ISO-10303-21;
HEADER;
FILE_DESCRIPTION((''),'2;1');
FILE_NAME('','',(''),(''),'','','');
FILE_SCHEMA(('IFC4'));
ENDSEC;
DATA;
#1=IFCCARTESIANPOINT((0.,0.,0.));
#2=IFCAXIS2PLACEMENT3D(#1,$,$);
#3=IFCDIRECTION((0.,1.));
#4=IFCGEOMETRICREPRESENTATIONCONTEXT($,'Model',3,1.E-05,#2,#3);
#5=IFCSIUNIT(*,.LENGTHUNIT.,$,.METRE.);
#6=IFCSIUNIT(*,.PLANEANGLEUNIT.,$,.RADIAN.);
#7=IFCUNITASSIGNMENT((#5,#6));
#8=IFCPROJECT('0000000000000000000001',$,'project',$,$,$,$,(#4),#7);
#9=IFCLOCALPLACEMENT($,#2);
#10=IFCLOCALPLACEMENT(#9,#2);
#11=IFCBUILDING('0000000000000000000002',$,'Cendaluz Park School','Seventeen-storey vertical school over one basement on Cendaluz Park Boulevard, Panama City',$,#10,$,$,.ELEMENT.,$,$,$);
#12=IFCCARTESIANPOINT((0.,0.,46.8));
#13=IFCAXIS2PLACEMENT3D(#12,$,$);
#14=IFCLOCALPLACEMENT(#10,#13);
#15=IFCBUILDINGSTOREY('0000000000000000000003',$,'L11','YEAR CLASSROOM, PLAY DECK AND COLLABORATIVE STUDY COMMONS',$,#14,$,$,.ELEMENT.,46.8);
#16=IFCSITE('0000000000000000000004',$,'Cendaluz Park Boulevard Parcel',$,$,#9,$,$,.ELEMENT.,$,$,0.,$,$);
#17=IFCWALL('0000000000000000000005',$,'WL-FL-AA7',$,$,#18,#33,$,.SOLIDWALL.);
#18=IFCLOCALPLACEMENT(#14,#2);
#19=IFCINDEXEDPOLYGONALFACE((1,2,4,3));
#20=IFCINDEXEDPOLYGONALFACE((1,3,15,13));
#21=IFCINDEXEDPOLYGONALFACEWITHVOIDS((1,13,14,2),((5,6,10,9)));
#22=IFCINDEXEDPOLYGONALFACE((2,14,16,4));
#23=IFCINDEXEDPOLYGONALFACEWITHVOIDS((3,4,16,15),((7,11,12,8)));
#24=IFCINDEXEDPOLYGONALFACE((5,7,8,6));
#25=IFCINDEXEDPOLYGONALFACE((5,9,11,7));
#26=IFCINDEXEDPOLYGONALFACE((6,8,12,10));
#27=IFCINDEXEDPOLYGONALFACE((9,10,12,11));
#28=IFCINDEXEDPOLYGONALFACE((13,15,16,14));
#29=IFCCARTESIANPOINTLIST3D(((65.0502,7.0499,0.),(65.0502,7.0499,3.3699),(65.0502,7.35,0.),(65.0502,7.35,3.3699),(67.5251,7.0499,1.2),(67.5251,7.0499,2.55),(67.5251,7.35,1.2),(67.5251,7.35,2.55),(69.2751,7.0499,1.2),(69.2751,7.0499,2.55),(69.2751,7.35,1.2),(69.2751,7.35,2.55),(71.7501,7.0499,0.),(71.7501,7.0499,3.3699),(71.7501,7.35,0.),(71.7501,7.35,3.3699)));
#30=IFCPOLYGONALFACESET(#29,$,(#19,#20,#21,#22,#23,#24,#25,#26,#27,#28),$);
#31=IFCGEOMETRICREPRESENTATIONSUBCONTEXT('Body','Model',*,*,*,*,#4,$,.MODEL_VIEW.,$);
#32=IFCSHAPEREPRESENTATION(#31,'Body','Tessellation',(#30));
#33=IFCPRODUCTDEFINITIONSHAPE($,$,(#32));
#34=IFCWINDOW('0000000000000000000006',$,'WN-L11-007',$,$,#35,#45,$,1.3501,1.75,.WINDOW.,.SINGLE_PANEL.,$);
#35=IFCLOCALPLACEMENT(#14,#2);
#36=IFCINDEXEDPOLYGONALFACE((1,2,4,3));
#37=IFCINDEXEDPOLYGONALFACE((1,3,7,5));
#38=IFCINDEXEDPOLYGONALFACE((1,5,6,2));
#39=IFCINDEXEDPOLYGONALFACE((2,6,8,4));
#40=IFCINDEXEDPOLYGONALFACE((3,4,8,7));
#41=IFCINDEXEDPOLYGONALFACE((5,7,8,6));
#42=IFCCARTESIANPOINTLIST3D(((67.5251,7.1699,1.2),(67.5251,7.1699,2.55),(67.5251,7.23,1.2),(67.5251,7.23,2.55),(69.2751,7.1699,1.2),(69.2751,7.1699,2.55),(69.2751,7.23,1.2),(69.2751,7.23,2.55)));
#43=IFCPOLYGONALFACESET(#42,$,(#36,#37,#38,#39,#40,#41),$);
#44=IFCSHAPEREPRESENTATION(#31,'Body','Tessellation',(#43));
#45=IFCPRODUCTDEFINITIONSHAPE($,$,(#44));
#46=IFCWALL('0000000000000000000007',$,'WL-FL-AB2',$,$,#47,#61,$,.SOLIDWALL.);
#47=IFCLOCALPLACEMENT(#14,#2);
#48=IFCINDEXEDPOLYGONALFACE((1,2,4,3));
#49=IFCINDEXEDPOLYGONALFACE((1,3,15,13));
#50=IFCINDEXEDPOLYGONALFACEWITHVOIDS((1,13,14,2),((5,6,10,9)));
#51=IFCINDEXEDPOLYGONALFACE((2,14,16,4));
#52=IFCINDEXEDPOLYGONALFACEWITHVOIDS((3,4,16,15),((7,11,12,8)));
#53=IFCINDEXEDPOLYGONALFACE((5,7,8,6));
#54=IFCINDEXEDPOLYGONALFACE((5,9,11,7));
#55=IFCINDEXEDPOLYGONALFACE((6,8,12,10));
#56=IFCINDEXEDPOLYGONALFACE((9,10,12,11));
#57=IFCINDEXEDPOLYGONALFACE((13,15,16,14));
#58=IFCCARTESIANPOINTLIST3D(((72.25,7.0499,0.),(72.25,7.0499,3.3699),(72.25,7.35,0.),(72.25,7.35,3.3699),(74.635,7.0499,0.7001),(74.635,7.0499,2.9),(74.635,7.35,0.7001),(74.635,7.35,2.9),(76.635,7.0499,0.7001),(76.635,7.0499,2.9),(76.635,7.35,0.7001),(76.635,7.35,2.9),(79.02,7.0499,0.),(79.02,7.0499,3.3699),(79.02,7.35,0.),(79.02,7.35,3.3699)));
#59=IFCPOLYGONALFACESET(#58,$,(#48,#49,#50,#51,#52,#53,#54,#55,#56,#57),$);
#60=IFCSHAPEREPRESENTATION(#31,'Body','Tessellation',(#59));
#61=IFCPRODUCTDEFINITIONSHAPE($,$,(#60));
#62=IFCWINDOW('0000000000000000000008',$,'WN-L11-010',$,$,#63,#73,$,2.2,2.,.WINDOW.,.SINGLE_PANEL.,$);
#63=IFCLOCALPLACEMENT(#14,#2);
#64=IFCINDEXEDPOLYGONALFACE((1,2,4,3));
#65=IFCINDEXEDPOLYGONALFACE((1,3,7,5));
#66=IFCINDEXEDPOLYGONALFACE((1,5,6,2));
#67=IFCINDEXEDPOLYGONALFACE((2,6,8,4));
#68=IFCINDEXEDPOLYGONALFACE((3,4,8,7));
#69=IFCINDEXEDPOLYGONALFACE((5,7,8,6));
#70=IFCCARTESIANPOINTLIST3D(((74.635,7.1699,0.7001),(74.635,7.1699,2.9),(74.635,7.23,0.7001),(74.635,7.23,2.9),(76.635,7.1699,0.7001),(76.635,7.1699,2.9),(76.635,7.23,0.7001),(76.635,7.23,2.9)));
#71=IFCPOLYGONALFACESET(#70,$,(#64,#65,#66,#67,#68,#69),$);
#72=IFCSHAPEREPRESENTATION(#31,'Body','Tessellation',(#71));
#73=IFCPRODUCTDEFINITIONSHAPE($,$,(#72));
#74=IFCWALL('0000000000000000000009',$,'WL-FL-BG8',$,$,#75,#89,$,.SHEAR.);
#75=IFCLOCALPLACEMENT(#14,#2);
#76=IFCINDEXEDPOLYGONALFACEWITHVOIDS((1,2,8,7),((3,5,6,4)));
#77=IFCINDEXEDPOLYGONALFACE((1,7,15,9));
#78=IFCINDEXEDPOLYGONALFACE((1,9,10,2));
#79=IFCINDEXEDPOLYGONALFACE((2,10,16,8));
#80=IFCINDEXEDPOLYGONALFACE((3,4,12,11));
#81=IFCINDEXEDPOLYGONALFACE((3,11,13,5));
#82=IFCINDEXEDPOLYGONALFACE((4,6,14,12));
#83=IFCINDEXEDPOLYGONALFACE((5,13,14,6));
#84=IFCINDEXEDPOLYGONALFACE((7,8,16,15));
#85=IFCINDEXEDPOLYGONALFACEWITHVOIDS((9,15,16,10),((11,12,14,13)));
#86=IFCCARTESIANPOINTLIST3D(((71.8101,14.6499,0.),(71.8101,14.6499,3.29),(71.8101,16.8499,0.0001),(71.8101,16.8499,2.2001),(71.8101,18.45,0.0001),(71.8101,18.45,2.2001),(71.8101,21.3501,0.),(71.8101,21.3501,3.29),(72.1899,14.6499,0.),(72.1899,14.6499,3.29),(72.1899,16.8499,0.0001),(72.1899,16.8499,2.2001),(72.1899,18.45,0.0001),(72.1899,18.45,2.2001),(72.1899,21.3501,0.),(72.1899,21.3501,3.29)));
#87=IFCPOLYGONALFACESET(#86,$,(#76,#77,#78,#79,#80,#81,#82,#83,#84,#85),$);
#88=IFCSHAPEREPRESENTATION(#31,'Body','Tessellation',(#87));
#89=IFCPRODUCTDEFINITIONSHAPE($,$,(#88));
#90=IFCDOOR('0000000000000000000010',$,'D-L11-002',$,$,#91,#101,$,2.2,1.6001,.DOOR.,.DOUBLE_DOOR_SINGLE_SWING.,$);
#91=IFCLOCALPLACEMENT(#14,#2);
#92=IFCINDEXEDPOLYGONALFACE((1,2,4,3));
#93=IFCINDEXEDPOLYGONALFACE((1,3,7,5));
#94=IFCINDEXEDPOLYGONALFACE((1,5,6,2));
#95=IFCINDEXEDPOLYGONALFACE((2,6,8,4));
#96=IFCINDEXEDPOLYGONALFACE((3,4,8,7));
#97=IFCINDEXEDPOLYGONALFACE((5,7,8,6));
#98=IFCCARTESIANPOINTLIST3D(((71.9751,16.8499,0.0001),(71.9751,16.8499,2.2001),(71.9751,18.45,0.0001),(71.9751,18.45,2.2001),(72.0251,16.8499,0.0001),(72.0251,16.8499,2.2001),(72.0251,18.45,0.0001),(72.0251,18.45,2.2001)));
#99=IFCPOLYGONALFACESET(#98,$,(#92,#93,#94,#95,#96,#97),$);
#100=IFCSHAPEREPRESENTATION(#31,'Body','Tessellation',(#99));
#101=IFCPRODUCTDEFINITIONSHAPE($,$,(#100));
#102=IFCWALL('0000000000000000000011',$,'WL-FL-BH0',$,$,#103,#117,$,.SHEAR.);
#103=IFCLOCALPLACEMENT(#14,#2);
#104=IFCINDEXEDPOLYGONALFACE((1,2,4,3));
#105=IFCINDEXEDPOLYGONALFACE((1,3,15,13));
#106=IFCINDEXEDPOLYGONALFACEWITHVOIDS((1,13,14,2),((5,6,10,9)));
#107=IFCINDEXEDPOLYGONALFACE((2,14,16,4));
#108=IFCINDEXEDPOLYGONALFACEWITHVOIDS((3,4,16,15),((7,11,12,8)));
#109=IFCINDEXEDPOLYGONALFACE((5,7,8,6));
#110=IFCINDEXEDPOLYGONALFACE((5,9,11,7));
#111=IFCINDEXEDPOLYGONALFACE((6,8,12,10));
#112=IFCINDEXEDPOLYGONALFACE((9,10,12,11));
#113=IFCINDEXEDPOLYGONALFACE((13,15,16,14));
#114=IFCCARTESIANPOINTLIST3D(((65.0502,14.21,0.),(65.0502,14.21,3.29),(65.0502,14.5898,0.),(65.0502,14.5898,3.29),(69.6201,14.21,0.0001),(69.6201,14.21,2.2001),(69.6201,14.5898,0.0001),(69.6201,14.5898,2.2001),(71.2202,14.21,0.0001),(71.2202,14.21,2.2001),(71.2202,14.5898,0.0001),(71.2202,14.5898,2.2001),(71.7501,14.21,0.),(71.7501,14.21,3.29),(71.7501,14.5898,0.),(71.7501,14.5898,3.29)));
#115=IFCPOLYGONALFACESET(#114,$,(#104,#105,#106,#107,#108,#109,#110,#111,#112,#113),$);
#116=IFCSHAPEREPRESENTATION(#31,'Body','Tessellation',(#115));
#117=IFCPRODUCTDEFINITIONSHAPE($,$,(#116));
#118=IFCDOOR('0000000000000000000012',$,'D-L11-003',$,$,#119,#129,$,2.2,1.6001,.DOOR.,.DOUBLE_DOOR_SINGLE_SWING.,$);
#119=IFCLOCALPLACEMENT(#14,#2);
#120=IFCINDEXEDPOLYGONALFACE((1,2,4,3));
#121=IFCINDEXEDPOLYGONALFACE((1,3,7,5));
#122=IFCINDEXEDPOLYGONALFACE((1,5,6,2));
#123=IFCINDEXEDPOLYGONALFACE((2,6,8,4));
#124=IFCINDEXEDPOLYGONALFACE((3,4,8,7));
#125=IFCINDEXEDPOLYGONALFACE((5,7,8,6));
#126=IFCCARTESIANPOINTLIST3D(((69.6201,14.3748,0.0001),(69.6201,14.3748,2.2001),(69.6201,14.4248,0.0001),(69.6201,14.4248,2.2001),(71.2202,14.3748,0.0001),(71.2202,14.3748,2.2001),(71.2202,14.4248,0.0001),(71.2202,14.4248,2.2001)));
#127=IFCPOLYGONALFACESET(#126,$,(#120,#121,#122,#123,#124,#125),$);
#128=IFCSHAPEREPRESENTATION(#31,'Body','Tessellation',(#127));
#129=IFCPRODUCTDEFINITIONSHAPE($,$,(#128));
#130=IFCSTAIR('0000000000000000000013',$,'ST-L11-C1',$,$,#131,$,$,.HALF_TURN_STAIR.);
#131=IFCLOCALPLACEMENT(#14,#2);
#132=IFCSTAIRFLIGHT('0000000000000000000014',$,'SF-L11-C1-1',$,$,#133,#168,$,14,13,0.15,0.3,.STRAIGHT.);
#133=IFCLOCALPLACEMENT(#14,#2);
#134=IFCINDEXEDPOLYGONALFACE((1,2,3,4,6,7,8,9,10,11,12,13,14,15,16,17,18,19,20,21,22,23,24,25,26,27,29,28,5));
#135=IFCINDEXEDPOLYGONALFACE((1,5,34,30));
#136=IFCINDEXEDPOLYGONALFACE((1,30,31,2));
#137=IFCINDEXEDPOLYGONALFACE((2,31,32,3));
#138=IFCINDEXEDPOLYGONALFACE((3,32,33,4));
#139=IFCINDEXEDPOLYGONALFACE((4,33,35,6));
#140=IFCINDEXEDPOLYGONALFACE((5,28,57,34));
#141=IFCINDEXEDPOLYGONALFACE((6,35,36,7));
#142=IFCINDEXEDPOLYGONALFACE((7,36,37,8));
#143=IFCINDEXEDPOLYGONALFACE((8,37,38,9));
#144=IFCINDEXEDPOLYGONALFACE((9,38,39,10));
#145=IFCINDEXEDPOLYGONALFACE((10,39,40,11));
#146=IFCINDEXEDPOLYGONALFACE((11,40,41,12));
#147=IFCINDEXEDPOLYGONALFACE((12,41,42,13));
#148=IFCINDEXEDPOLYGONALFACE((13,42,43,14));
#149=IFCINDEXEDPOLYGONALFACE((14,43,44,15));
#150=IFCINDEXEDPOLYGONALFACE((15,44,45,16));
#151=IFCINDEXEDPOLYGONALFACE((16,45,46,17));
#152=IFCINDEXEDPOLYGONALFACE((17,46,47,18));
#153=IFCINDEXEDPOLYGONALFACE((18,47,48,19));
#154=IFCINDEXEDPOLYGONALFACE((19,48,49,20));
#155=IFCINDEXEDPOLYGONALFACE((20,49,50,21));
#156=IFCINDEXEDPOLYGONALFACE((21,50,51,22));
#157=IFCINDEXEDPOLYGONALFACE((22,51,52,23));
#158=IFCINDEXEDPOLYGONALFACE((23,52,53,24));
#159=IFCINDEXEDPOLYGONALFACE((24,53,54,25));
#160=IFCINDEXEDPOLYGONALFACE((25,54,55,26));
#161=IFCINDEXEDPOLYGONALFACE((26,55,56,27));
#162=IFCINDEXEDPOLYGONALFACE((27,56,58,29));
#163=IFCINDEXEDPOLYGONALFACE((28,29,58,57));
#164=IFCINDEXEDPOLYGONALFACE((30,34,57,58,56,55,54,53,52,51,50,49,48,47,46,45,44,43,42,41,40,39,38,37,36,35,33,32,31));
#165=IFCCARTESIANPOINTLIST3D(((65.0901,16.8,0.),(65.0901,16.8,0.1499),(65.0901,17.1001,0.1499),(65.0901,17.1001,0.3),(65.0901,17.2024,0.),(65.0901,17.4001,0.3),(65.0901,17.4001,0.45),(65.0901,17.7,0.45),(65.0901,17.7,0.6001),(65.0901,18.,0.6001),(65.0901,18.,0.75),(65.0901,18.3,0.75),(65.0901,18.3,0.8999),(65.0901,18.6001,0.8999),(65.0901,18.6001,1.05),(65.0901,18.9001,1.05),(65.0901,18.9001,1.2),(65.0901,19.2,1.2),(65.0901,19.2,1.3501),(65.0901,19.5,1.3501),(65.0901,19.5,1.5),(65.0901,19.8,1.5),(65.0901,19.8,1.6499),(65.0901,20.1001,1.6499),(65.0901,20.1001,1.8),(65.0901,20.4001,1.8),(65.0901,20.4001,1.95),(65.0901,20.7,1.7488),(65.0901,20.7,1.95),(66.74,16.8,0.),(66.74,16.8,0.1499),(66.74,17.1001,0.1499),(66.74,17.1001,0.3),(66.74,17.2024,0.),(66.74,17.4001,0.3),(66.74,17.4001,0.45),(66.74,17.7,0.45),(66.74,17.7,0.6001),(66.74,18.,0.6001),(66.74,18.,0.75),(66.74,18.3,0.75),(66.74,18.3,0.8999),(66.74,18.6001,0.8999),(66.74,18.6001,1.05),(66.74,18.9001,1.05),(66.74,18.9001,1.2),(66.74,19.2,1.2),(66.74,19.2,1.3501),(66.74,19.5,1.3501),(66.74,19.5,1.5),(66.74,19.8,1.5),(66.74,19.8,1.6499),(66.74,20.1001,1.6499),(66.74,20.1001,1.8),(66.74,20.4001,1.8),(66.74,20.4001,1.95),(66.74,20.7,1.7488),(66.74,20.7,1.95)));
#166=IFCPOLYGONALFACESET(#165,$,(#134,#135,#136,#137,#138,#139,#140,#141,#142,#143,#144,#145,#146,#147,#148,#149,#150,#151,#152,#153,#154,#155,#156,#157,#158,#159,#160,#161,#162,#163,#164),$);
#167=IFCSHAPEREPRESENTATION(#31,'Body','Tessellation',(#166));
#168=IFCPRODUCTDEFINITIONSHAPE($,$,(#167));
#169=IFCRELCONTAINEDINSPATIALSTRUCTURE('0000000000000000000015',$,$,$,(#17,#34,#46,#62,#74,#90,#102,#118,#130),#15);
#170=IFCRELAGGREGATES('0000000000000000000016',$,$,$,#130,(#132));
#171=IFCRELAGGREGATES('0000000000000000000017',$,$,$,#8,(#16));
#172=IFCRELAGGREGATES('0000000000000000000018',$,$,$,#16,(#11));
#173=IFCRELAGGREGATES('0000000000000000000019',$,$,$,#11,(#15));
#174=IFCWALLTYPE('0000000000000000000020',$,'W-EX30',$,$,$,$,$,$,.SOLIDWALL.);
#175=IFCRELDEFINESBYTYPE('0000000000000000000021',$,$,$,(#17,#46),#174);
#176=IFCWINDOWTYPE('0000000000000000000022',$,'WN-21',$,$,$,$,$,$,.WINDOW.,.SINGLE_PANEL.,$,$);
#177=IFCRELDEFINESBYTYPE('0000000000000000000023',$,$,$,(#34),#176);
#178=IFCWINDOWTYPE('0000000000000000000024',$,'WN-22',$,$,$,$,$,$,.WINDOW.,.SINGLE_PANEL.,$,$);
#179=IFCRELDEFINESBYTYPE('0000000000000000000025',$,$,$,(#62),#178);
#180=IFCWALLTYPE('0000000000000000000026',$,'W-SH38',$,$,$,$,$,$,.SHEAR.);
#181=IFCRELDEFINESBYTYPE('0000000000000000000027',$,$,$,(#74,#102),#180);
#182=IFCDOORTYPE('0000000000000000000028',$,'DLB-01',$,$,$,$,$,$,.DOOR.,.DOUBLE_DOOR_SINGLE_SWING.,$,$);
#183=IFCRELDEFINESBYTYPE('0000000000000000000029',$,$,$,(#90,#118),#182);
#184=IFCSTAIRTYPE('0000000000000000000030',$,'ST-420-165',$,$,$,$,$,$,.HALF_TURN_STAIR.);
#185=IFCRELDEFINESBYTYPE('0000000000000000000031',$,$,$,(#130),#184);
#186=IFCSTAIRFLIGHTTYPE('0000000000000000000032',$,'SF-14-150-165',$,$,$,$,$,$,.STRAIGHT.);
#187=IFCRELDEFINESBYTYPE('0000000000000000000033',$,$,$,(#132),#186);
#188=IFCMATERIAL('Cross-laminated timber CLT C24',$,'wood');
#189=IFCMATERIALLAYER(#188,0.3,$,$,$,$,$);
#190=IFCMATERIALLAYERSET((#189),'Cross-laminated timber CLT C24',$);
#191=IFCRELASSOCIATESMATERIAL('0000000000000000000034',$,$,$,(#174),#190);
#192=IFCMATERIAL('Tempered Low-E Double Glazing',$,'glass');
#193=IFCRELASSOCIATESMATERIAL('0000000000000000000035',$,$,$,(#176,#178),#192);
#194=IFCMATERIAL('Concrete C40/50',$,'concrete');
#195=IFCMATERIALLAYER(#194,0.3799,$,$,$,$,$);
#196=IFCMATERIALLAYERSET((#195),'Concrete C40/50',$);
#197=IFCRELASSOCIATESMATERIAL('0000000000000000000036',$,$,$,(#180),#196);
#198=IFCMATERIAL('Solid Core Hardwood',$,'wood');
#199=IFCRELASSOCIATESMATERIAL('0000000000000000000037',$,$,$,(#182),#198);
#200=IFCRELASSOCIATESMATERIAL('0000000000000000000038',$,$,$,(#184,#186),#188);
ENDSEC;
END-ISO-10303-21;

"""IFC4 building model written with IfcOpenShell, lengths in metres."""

from ifc_helpers import new_model, si_unit, direction, frame, frame_2d, origin, place, context, subcontext, project, spatial, polyline, rectangle, outline, extrude, material, layer, layer_set, type_object, element, fill, aggregate, save


model = new_model("IFC4")

# Units and contexts
model_context = context("Model", 3, precision=1e-05, world=origin(), true_north=direction((0.0, 1.0)))
body_context = subcontext(model_context, "Body", "Model", "MODEL_VIEW")
ifc_project = project(units=[si_unit("LENGTHUNIT", "METRE"), si_unit("PLANEANGLEUNIT", "RADIAN")], contexts=[model_context])

# Site, building, storey
site_placement = place(None, origin())
site = spatial("IfcSite", under=ifc_project, at=site_placement, Name="Cendaluz Park Boulevard Parcel", CompositionType="ELEMENT", RefElevation=0.0)
building_placement = place(site_placement, origin())
building = spatial("IfcBuilding", under=site, at=building_placement, Name="Cendaluz Park School", Description="Seventeen-storey vertical school over one basement on Cendaluz Park Boulevard, Panama City", CompositionType="ELEMENT")
storey_placement = place(building_placement, frame((0.0, 0.0, 46.8)))
storey = spatial("IfcBuildingStorey", under=building, at=storey_placement, Name="L11", Description="YEAR CLASSROOM, PLAY DECK AND COLLABORATIVE STUDY COMMONS", CompositionType="ELEMENT", Elevation=46.8)

# Walls, openings, windows
ifc_material_1 = material(Name="Cross-laminated timber CLT C24", Category="wood")
ifc_layer_1 = layer(ifc_material_1, 0.3)
ifc_layer_set_1 = layer_set([ifc_layer_1], Name="Cross-laminated timber CLT C24")
wall_type_1 = type_object("IfcWallType", Name="W-EX30", PredefinedType="SOLIDWALL", material=ifc_layer_set_1)
wall_1_placement = place(storey_placement, frame((65.05, 7.2, 0.0), z_axis=(0.0, 0.0, 1.0), x_axis=(1.0, 0.0, 0.0)))
wall_1 = element("IfcWall", 1, at=wall_1_placement, inside=storey, type_object=wall_type_1, Name="WL-FL-AA7", PredefinedType="SOLIDWALL", context=body_context, shape_type="SweptSolid", body=[
    extrude(rectangle(XDim=6.7, YDim=0.3, at=frame_2d((3.3501, 0.0))), origin(), (0.0, 0.0, 1.0), 3.3699),
])
opening_1_placement = place(wall_1_placement, frame((2.4751, 0.0, 1.2)))
opening_1 = element("IfcOpeningElement", 2, at=opening_1_placement, cuts=wall_1, PredefinedType="OPENING", context=body_context, shape_type="SweptSolid", body=[
    extrude(rectangle(XDim=1.75, YDim=1.3501, at=frame_2d((0.875, 0.675))), frame((0.0, 0.1621, 0.0), z_axis=(0.0, -1.0, 0.0), x_axis=(1.0, 0.0, 0.0)), (0.0, 0.0, 1.0), 0.324),
])
ifc_material_2 = material(Name="Tempered Low-E Double Glazing", Category="glass")
window_type_1 = type_object("IfcWindowType", Name="WN-21", PartitioningType="SINGLE_PANEL", PredefinedType="WINDOW", material=ifc_material_2)
window_1_placement = place(opening_1_placement, origin())
window_1 = element("IfcWindow", 3, at=window_1_placement, inside=storey, type_object=window_type_1, Name="WN-L11-007", OverallHeight=1.3501, OverallWidth=1.75, PartitioningType="SINGLE_PANEL", PredefinedType="WINDOW", context=body_context, shape_type="SweptSolid", body=[
    extrude(rectangle(XDim=1.75, YDim=1.3501, at=frame_2d((0.875, 0.675))), frame((0.0, 0.03, 0.0), z_axis=(0.0, -1.0, 0.0), x_axis=(1.0, 0.0, 0.0)), (0.0, 0.0, 1.0), 0.0601),
])
fill(opening_1, window_1)
wall_2_placement = place(storey_placement, frame((72.25, 7.2, 0.0), z_axis=(0.0, 0.0, 1.0), x_axis=(1.0, 0.0, 0.0)))
wall_2 = element("IfcWall", 4, at=wall_2_placement, inside=storey, type_object=wall_type_1, Name="WL-FL-AB2", PredefinedType="SOLIDWALL", context=body_context, shape_type="SweptSolid", body=[
    extrude(rectangle(XDim=6.77, YDim=0.3, at=frame_2d((3.385, 0.0))), origin(), (0.0, 0.0, 1.0), 3.3699),
])
opening_2_placement = place(wall_2_placement, frame((2.385, 0.0, 0.7)))
opening_2 = element("IfcOpeningElement", 5, at=opening_2_placement, cuts=wall_2, PredefinedType="OPENING", context=body_context, shape_type="SweptSolid", body=[
    extrude(rectangle(XDim=2.0, YDim=2.2, at=frame_2d((1.0, 1.1001))), frame((0.0, 0.1621, 0.0), z_axis=(0.0, -1.0, 0.0), x_axis=(1.0, 0.0, 0.0)), (0.0, 0.0, 1.0), 0.324),
])
window_type_2 = type_object("IfcWindowType", Name="WN-22", PartitioningType="SINGLE_PANEL", PredefinedType="WINDOW", material=ifc_material_2)
window_2_placement = place(opening_2_placement, origin())
window_2 = element("IfcWindow", 6, at=window_2_placement, inside=storey, type_object=window_type_2, Name="WN-L11-010", OverallHeight=2.2, OverallWidth=2.0, PartitioningType="SINGLE_PANEL", PredefinedType="WINDOW", context=body_context, shape_type="SweptSolid", body=[
    extrude(rectangle(XDim=2.0, YDim=2.2, at=frame_2d((1.0, 1.1001))), frame((0.0, 0.03, 0.0), z_axis=(0.0, -1.0, 0.0), x_axis=(1.0, 0.0, 0.0)), (0.0, 0.0, 1.0), 0.0601),
])
fill(opening_2, window_2)

# Shared definitions
ifc_material_3 = material(Name="Concrete C40/50", Category="concrete")
ifc_material_4 = material(Name="Solid Core Hardwood", Category="wood")

# Walls, openings, doors
ifc_layer_2 = layer(ifc_material_3, 0.3799)
ifc_layer_set_2 = layer_set([ifc_layer_2], Name="Concrete C40/50")
wall_type_2 = type_object("IfcWallType", Name="W-SH38", PredefinedType="SHEAR", material=ifc_layer_set_2)
wall_3_placement = place(storey_placement, frame((72.0, 14.6499, 0.0), z_axis=(0.0, 0.0, 1.0), x_axis=(0.0, 1.0, 0.0)))
wall_3 = element("IfcWall", 7, at=wall_3_placement, inside=storey, type_object=wall_type_2, Name="WL-FL-BG8", PredefinedType="SHEAR", context=body_context, shape_type="SweptSolid", body=[
    extrude(rectangle(XDim=6.7002, YDim=0.3799, at=frame_2d((3.3501, 0.0))), origin(), (0.0, 0.0, 1.0), 3.29),
])
opening_3_placement = place(wall_3_placement, frame((2.2, 0.0, 0.0)))
opening_3 = element("IfcOpeningElement", 8, at=opening_3_placement, cuts=wall_3, PredefinedType="OPENING", context=body_context, shape_type="SweptSolid", body=[
    extrude(rectangle(XDim=1.6001, YDim=2.2, at=frame_2d((0.8, 1.1001))), frame((0.0, 0.2019, 0.0), z_axis=(0.0, -1.0, 0.0), x_axis=(1.0, 0.0, 0.0)), (0.0, 0.0, 1.0), 0.4038),
])
door_type_1 = type_object("IfcDoorType", Name="DLB-01", OperationType="DOUBLE_DOOR_SINGLE_SWING", PredefinedType="DOOR", material=ifc_material_4)
door_1_placement = place(opening_3_placement, origin())
door_1 = element("IfcDoor", 9, at=door_1_placement, inside=storey, type_object=door_type_1, Name="D-L11-002", OperationType="DOUBLE_DOOR_SINGLE_SWING", OverallHeight=2.2, OverallWidth=1.6001, PredefinedType="DOOR", context=body_context, shape_type="SweptSolid", body=[
    extrude(rectangle(XDim=1.6001, YDim=2.2, at=frame_2d((0.8, 1.1001))), frame((0.0, 0.0249, 0.0), z_axis=(0.0, -1.0, 0.0), x_axis=(1.0, 0.0, 0.0)), (0.0, 0.0, 1.0), 0.05),
])
fill(opening_3, door_1)
wall_4_placement = place(storey_placement, frame((65.05, 14.3999, 0.0), z_axis=(0.0, 0.0, 1.0), x_axis=(1.0, 0.0, 0.0)))
wall_4 = element("IfcWall", 10, at=wall_4_placement, inside=storey, type_object=wall_type_2, Name="WL-FL-BH0", PredefinedType="SHEAR", context=body_context, shape_type="SweptSolid", body=[
    extrude(rectangle(XDim=6.7, YDim=0.3799, at=frame_2d((3.3501, 0.0))), origin(), (0.0, 0.0, 1.0), 3.29),
])
opening_4_placement = place(wall_4_placement, frame((4.5701, 0.0, 0.0)))
opening_4 = element("IfcOpeningElement", 11, at=opening_4_placement, cuts=wall_4, PredefinedType="OPENING", context=body_context, shape_type="SweptSolid", body=[
    extrude(rectangle(XDim=1.6001, YDim=2.2, at=frame_2d((0.8, 1.1001))), frame((0.0, 0.2019, 0.0), z_axis=(0.0, -1.0, 0.0), x_axis=(1.0, 0.0, 0.0)), (0.0, 0.0, 1.0), 0.4038),
])
door_2_placement = place(opening_4_placement, origin())
door_2 = element("IfcDoor", 12, at=door_2_placement, inside=storey, type_object=door_type_1, Name="D-L11-003", OperationType="DOUBLE_DOOR_SINGLE_SWING", OverallHeight=2.2, OverallWidth=1.6001, PredefinedType="DOOR", context=body_context, shape_type="SweptSolid", body=[
    extrude(rectangle(XDim=1.6001, YDim=2.2, at=frame_2d((0.8, 1.1001))), frame((0.0, 0.0249, 0.0), z_axis=(0.0, -1.0, 0.0), x_axis=(1.0, 0.0, 0.0)), (0.0, 0.0, 1.0), 0.05),
])
fill(opening_4, door_2)

# Stair, stair flight
stair_type = type_object("IfcStairType", Name="ST-420-165", PredefinedType="HALF_TURN_STAIR", material=ifc_material_1)
stair_placement = place(storey_placement, origin())
stair = element("IfcStair", 13, at=stair_placement, inside=storey, type_object=stair_type, Name="ST-L11-C1", PredefinedType="HALF_TURN_STAIR")
stair_flight_type = type_object("IfcStairFlightType", Name="SF-14-150-165", PredefinedType="STRAIGHT", material=ifc_material_1)
stair_flight_placement = place(storey_placement, frame((65.915, 16.8, 0.0), z_axis=(0.0, 0.0, 1.0), x_axis=(0.0, 1.0, 0.0)))
stair_flight = element("IfcStairFlight", 14, at=stair_flight_placement, type_object=stair_flight_type, Name="SF-L11-C1-1", NumberOfRisers=14, NumberOfTreads=13, PredefinedType="STRAIGHT", RiserHeight=0.15, TreadLength=0.3, context=body_context, shape_type="SweptSolid", body=[
    extrude(outline(polyline([(0.0, 0.0), (0.0, 0.1499), (0.3, 0.1499), (0.3, 0.3), (0.6001, 0.3), (0.6001, 0.45), (0.8999, 0.45), (0.8999, 0.6001), (1.2, 0.6001), (1.2, 0.75), (1.5, 0.75), (1.5, 0.8999), (1.8, 0.8999), (1.8, 1.05), (2.1001, 1.05), (2.1001, 1.2), (2.3999, 1.2), (2.3999, 1.3501), (2.7, 1.3501), (2.7, 1.5), (3.0, 1.5), (3.0, 1.6499), (3.3, 1.6499), (3.3, 1.8), (3.6001, 1.8), (3.6001, 1.95), (3.8999, 1.95), (3.8999, 2.1001), (3.8999, 1.7488), (0.4023, 0.0), (0.0, 0.0)])), frame((0.0, 0.825, 0.0), z_axis=(0.0, -1.0, 0.0), x_axis=(1.0, 0.0, 0.0)), (0.0, 0.0, 1.0), 1.6499),
])
aggregate(stair, [stair_flight])

save(model, "model.ifc")
